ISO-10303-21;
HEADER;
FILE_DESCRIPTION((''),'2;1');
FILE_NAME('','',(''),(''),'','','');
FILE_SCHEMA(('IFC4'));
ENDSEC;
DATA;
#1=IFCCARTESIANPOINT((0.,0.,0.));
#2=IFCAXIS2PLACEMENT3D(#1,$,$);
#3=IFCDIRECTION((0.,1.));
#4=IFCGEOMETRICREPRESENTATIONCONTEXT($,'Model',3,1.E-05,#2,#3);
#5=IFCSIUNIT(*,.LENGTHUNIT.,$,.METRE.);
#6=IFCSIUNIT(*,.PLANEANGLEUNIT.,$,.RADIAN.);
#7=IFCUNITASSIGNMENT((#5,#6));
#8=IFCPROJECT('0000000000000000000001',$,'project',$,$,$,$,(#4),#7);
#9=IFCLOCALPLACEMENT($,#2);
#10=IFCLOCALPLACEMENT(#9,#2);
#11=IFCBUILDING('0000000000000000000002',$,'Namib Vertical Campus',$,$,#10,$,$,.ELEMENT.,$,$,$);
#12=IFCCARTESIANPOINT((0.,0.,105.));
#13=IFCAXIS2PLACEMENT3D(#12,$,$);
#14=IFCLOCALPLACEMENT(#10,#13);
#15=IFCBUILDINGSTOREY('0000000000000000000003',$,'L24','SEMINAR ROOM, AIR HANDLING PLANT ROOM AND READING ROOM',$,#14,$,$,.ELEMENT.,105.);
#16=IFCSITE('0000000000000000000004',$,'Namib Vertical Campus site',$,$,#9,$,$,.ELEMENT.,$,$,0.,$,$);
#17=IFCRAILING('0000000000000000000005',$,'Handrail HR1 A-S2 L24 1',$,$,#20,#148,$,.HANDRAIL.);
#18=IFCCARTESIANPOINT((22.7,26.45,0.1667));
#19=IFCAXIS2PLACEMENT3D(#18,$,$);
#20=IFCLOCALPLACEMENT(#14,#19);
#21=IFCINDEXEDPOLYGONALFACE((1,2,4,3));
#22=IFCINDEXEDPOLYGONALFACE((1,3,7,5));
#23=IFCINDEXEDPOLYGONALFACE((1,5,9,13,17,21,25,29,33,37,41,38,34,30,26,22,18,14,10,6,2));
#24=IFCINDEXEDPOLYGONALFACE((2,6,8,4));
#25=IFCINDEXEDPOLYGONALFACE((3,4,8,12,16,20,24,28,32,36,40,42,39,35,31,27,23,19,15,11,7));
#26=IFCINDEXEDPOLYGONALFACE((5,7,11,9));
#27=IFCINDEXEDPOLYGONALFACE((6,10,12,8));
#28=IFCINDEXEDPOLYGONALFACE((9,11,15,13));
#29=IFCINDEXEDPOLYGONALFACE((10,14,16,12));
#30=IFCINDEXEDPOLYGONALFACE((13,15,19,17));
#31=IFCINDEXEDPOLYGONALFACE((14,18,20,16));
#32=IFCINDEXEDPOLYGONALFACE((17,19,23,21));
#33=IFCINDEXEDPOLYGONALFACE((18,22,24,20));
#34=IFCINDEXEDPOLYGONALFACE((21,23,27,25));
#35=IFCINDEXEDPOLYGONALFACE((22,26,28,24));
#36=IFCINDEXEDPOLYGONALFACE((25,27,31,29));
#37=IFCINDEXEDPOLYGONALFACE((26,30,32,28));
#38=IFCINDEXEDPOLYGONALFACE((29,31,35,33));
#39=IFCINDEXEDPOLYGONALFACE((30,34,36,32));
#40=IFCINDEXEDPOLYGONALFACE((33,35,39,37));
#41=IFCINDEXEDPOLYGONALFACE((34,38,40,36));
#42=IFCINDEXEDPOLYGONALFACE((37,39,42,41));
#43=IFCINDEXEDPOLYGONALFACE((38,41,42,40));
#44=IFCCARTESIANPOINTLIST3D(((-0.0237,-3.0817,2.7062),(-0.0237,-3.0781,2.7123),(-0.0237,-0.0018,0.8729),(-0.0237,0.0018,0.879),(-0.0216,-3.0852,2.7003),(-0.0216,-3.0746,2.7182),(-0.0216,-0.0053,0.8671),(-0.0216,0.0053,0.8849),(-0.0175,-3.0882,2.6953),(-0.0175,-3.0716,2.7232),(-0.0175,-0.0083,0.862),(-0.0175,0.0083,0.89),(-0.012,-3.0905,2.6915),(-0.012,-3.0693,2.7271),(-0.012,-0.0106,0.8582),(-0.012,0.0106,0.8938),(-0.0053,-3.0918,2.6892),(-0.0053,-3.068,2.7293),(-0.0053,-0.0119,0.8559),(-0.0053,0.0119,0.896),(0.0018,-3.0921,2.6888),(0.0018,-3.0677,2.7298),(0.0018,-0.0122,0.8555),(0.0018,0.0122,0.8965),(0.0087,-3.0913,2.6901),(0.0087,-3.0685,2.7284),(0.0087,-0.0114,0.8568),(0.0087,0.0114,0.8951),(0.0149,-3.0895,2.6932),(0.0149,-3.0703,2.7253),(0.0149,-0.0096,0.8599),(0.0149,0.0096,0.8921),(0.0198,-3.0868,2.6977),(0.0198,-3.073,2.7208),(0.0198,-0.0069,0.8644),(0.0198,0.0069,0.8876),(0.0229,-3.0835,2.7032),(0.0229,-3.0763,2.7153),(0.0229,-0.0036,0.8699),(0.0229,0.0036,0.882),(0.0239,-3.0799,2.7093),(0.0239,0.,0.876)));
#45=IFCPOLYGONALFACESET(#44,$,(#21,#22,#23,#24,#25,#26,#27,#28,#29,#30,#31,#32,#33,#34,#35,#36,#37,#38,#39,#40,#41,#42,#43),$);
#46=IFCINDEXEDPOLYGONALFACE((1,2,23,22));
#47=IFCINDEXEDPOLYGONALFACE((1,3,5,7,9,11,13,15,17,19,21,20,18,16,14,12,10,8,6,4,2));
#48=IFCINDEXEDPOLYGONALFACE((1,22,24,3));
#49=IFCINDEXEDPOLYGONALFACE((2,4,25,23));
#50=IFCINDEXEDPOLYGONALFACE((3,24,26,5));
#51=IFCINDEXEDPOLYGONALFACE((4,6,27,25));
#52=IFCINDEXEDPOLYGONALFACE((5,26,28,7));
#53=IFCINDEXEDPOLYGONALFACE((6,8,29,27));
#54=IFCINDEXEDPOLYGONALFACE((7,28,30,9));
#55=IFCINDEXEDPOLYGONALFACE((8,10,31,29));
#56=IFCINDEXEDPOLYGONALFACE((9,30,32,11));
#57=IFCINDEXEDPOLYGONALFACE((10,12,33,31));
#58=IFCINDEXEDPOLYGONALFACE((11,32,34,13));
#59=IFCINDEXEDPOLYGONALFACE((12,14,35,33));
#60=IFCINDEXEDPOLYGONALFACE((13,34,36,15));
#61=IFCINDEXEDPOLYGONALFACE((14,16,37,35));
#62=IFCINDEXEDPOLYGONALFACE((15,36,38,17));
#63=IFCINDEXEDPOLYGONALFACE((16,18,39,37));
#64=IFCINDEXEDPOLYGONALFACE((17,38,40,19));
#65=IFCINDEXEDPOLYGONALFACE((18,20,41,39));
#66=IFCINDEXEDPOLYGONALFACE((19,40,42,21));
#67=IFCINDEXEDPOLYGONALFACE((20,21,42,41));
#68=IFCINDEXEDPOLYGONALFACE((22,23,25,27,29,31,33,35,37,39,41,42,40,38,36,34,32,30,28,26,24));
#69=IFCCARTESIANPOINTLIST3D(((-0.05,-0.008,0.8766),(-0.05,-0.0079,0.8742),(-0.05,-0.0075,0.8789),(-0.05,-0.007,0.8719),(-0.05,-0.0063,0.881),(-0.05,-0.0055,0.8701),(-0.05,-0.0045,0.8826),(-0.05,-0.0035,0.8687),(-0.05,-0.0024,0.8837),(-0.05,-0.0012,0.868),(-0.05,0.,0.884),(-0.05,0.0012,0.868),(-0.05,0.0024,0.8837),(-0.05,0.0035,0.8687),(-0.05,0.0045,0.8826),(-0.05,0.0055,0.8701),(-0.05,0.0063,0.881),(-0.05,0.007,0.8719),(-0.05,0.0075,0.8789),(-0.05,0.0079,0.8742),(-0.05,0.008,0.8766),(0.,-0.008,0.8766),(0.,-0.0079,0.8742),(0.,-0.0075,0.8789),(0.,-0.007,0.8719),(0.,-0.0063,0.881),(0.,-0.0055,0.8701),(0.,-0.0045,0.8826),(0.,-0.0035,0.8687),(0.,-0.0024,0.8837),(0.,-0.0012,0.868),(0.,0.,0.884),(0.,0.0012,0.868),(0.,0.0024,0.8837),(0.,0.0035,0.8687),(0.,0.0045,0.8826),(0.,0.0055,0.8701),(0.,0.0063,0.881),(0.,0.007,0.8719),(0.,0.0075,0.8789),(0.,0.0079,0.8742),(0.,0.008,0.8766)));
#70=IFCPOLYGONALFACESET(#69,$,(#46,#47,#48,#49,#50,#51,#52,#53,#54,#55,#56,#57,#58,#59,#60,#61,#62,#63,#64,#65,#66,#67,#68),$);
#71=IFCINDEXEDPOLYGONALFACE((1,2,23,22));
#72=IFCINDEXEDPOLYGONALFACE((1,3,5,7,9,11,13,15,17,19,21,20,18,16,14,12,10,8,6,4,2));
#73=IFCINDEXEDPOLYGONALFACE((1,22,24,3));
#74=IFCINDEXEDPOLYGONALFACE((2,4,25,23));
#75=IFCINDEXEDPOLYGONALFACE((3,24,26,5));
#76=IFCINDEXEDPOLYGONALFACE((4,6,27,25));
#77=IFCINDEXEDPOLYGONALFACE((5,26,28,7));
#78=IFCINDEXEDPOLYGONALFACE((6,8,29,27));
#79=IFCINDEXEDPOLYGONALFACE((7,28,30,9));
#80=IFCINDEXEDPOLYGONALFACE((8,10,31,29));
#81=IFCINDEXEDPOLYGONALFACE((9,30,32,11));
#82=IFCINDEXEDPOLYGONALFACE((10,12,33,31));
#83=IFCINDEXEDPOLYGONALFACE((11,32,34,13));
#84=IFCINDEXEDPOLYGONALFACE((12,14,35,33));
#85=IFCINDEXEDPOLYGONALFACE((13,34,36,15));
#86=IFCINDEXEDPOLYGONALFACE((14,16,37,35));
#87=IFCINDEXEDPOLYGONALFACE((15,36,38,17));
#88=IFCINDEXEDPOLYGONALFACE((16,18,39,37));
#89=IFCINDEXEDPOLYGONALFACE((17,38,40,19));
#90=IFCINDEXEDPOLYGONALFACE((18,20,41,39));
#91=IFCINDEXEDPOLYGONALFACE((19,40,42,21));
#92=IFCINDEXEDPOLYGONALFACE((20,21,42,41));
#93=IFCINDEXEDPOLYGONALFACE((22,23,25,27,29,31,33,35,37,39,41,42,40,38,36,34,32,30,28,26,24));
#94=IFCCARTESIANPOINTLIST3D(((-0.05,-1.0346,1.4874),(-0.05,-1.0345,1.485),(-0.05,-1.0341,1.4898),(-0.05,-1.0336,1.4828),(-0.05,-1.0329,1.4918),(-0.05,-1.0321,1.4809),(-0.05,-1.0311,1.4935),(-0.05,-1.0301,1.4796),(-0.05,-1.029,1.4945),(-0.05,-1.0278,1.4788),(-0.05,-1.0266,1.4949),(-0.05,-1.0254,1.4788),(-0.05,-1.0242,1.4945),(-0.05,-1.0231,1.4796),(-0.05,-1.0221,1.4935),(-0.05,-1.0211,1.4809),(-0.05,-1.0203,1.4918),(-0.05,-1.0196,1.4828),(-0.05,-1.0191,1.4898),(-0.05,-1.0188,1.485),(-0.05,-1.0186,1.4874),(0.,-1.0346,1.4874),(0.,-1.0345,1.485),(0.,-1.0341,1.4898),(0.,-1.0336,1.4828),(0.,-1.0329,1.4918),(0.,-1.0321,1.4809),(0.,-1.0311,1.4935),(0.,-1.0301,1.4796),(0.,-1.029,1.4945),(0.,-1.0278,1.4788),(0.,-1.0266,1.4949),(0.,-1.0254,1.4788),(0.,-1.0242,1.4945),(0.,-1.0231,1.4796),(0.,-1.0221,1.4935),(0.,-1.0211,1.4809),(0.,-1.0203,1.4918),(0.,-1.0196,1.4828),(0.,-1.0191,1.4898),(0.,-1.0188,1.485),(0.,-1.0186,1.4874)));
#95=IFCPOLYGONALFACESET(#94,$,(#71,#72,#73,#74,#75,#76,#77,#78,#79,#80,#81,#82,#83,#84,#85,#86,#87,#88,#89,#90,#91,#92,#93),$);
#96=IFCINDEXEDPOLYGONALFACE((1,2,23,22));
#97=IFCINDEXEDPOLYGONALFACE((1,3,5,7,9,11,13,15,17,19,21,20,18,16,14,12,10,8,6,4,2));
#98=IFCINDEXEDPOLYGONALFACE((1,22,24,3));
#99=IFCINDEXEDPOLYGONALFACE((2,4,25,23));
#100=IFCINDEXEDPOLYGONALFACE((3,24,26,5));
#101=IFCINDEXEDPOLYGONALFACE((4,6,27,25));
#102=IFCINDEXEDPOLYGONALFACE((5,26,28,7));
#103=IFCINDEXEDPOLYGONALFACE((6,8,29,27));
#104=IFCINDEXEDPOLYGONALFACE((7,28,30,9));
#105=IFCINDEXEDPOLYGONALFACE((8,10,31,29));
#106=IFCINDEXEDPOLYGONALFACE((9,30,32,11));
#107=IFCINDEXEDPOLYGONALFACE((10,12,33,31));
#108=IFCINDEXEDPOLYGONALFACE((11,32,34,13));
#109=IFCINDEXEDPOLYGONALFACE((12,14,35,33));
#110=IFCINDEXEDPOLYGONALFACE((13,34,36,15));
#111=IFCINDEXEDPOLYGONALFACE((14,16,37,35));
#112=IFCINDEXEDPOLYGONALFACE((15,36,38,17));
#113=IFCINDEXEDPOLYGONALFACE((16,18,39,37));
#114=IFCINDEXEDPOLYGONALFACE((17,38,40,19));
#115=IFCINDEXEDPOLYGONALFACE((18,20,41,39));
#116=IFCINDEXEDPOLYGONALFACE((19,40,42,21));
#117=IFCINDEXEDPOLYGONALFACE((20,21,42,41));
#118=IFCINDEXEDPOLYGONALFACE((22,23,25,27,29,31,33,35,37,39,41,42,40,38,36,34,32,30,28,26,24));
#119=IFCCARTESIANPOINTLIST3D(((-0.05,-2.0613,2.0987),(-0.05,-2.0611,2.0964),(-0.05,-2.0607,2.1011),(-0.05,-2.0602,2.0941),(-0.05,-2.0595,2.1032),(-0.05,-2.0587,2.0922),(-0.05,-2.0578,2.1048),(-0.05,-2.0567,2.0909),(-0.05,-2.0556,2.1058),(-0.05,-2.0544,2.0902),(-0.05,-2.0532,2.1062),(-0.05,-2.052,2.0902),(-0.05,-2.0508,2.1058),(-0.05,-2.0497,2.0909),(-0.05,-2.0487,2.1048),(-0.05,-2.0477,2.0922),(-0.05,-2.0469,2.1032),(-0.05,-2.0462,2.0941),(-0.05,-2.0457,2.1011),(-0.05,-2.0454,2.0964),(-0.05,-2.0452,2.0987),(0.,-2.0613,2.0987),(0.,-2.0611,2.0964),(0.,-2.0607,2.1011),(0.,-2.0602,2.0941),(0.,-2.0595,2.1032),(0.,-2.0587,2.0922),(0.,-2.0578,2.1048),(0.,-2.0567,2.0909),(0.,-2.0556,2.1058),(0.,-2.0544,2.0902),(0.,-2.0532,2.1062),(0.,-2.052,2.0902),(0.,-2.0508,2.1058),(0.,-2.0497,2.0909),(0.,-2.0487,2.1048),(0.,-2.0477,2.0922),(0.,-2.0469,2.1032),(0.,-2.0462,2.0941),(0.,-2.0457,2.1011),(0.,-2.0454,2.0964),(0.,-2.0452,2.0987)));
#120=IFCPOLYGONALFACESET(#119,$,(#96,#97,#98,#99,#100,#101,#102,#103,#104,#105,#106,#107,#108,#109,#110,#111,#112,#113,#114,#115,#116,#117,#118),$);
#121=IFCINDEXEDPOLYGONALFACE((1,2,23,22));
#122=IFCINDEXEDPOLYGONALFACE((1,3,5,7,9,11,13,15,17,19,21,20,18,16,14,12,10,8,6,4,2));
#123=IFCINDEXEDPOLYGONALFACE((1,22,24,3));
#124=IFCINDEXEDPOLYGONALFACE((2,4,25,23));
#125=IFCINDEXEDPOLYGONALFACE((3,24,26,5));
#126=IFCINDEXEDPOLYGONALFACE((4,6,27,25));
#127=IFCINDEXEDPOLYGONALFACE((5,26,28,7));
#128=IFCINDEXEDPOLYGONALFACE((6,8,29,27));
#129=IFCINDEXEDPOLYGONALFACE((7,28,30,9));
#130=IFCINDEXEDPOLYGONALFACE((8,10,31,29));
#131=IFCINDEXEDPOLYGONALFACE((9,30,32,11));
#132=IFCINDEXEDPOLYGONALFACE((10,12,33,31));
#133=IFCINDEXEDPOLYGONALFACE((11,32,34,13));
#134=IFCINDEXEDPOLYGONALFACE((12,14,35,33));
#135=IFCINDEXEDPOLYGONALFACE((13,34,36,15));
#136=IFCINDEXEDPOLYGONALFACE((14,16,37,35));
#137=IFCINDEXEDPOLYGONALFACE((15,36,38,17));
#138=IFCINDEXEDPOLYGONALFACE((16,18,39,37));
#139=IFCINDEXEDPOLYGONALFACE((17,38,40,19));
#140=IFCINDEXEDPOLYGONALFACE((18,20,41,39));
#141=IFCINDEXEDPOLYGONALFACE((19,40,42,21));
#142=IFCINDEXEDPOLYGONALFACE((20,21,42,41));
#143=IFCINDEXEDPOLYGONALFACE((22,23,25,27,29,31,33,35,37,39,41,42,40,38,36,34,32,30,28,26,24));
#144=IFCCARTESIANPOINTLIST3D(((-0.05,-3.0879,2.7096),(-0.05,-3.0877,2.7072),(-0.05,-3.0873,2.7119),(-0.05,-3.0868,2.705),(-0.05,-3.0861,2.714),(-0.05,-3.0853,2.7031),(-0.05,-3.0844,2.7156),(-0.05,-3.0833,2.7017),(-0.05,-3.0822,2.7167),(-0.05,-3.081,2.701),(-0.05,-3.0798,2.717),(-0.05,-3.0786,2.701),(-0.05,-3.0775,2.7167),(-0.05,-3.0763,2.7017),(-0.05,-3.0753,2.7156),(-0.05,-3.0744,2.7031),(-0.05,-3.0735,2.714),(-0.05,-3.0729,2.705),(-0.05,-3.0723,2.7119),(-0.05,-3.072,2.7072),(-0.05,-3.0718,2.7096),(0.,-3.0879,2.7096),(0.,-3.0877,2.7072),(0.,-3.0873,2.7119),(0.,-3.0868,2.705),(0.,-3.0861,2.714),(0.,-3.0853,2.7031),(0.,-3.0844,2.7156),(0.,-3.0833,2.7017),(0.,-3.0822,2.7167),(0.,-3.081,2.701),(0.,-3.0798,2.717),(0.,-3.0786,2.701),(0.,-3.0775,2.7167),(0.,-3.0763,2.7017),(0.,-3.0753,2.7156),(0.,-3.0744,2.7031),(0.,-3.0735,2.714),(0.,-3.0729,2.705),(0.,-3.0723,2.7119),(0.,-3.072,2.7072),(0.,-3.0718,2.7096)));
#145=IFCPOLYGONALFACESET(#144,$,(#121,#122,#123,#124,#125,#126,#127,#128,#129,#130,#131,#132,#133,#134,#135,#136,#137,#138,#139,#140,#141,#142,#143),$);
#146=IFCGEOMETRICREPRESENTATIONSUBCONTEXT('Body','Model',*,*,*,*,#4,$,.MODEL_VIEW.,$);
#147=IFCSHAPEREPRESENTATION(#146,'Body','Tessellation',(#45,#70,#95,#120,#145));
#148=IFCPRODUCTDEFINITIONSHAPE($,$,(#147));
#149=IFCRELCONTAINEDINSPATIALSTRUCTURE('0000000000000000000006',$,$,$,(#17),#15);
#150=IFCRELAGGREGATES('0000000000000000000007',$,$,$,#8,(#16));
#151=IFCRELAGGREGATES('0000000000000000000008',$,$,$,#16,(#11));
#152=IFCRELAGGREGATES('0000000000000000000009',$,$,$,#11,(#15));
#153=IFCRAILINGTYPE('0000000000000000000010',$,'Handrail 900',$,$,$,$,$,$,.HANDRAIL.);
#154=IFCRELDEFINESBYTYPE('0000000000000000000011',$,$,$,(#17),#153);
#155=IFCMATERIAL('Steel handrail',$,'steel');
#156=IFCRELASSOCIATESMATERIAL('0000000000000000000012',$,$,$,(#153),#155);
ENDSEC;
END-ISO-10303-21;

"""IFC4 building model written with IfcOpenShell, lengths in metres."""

from ifc_helpers import new_model, si_unit, direction, frame, origin, origin_2d, place, context, subcontext, project, spatial, circle, extrude, material, type_object, element, save


model = new_model("IFC4")

# Units and contexts
model_context = context("Model", 3, precision=1e-05, world=origin(), true_north=direction((0.0, 1.0)))
body_context = subcontext(model_context, "Body", "Model", "MODEL_VIEW")
ifc_project = project(units=[si_unit("LENGTHUNIT", "METRE"), si_unit("PLANEANGLEUNIT", "RADIAN")], contexts=[model_context])

# Site, building, storey
site_placement = place(None, origin())
site = spatial("IfcSite", under=ifc_project, at=site_placement, Name="Namib Vertical Campus site", CompositionType="ELEMENT", RefElevation=0.0)
building_placement = place(site_placement, origin())
building = spatial("IfcBuilding", under=site, at=building_placement, Name="Namib Vertical Campus", CompositionType="ELEMENT")
storey_placement = place(building_placement, frame((0.0, 0.0, 105.0)))
storey = spatial("IfcBuildingStorey", under=building, at=storey_placement, Name="L24", Description="SEMINAR ROOM, AIR HANDLING PLANT ROOM AND READING ROOM", CompositionType="ELEMENT", Elevation=105.0)

# Railing
ifc_material_1 = material(Name="Steel handrail", Category="steel")
railing_type_1 = type_object("IfcRailingType", Name="Handrail 900", PredefinedType="HANDRAIL", material=ifc_material_1)
railing_1_placement = place(storey_placement, frame((22.7, 26.45, 0.1667)))
element("IfcRailing", 1, at=railing_1_placement, inside=storey, type_object=railing_type_1, Name="Handrail HR1 A-S2 L24 1", PredefinedType="HANDRAIL", context=body_context, shape_type="SweptSolid", body=[
    extrude(circle(Radius=0.0239, at=origin_2d()), frame((0.0, 0.0, 0.876), z_axis=(0.0, -0.859291, 0.511487), x_axis=(1.0, 0.0, 0.0)), (0.0, 0.0, 1.0), 3.5842),
    extrude(circle(Radius=0.0081, at=origin_2d()), frame((0.0, 0.0, 0.876), z_axis=(-1.0, 0.0, 0.0), x_axis=(0.0, 0.0, 1.0)), (0.0, 0.0, 1.0), 0.05),
    extrude(circle(Radius=0.0081, at=origin_2d()), frame((0.0, -1.0266, 1.4868), z_axis=(-1.0, 0.0, 0.0), x_axis=(0.0, 0.0, 1.0)), (0.0, 0.0, 1.0), 0.05),
    extrude(circle(Radius=0.0081, at=origin_2d()), frame((0.0, -2.0532, 2.0981), z_axis=(-1.0, 0.0, 0.0), x_axis=(0.0, 0.0, 1.0)), (0.0, 0.0, 1.0), 0.05),
    extrude(circle(Radius=0.0081, at=origin_2d()), frame((0.0, -3.0798, 2.709), z_axis=(-1.0, 0.0, 0.0), x_axis=(0.0, 0.0, 1.0)), (0.0, 0.0, 1.0), 0.05),
])

save(model, "model.ifc")
